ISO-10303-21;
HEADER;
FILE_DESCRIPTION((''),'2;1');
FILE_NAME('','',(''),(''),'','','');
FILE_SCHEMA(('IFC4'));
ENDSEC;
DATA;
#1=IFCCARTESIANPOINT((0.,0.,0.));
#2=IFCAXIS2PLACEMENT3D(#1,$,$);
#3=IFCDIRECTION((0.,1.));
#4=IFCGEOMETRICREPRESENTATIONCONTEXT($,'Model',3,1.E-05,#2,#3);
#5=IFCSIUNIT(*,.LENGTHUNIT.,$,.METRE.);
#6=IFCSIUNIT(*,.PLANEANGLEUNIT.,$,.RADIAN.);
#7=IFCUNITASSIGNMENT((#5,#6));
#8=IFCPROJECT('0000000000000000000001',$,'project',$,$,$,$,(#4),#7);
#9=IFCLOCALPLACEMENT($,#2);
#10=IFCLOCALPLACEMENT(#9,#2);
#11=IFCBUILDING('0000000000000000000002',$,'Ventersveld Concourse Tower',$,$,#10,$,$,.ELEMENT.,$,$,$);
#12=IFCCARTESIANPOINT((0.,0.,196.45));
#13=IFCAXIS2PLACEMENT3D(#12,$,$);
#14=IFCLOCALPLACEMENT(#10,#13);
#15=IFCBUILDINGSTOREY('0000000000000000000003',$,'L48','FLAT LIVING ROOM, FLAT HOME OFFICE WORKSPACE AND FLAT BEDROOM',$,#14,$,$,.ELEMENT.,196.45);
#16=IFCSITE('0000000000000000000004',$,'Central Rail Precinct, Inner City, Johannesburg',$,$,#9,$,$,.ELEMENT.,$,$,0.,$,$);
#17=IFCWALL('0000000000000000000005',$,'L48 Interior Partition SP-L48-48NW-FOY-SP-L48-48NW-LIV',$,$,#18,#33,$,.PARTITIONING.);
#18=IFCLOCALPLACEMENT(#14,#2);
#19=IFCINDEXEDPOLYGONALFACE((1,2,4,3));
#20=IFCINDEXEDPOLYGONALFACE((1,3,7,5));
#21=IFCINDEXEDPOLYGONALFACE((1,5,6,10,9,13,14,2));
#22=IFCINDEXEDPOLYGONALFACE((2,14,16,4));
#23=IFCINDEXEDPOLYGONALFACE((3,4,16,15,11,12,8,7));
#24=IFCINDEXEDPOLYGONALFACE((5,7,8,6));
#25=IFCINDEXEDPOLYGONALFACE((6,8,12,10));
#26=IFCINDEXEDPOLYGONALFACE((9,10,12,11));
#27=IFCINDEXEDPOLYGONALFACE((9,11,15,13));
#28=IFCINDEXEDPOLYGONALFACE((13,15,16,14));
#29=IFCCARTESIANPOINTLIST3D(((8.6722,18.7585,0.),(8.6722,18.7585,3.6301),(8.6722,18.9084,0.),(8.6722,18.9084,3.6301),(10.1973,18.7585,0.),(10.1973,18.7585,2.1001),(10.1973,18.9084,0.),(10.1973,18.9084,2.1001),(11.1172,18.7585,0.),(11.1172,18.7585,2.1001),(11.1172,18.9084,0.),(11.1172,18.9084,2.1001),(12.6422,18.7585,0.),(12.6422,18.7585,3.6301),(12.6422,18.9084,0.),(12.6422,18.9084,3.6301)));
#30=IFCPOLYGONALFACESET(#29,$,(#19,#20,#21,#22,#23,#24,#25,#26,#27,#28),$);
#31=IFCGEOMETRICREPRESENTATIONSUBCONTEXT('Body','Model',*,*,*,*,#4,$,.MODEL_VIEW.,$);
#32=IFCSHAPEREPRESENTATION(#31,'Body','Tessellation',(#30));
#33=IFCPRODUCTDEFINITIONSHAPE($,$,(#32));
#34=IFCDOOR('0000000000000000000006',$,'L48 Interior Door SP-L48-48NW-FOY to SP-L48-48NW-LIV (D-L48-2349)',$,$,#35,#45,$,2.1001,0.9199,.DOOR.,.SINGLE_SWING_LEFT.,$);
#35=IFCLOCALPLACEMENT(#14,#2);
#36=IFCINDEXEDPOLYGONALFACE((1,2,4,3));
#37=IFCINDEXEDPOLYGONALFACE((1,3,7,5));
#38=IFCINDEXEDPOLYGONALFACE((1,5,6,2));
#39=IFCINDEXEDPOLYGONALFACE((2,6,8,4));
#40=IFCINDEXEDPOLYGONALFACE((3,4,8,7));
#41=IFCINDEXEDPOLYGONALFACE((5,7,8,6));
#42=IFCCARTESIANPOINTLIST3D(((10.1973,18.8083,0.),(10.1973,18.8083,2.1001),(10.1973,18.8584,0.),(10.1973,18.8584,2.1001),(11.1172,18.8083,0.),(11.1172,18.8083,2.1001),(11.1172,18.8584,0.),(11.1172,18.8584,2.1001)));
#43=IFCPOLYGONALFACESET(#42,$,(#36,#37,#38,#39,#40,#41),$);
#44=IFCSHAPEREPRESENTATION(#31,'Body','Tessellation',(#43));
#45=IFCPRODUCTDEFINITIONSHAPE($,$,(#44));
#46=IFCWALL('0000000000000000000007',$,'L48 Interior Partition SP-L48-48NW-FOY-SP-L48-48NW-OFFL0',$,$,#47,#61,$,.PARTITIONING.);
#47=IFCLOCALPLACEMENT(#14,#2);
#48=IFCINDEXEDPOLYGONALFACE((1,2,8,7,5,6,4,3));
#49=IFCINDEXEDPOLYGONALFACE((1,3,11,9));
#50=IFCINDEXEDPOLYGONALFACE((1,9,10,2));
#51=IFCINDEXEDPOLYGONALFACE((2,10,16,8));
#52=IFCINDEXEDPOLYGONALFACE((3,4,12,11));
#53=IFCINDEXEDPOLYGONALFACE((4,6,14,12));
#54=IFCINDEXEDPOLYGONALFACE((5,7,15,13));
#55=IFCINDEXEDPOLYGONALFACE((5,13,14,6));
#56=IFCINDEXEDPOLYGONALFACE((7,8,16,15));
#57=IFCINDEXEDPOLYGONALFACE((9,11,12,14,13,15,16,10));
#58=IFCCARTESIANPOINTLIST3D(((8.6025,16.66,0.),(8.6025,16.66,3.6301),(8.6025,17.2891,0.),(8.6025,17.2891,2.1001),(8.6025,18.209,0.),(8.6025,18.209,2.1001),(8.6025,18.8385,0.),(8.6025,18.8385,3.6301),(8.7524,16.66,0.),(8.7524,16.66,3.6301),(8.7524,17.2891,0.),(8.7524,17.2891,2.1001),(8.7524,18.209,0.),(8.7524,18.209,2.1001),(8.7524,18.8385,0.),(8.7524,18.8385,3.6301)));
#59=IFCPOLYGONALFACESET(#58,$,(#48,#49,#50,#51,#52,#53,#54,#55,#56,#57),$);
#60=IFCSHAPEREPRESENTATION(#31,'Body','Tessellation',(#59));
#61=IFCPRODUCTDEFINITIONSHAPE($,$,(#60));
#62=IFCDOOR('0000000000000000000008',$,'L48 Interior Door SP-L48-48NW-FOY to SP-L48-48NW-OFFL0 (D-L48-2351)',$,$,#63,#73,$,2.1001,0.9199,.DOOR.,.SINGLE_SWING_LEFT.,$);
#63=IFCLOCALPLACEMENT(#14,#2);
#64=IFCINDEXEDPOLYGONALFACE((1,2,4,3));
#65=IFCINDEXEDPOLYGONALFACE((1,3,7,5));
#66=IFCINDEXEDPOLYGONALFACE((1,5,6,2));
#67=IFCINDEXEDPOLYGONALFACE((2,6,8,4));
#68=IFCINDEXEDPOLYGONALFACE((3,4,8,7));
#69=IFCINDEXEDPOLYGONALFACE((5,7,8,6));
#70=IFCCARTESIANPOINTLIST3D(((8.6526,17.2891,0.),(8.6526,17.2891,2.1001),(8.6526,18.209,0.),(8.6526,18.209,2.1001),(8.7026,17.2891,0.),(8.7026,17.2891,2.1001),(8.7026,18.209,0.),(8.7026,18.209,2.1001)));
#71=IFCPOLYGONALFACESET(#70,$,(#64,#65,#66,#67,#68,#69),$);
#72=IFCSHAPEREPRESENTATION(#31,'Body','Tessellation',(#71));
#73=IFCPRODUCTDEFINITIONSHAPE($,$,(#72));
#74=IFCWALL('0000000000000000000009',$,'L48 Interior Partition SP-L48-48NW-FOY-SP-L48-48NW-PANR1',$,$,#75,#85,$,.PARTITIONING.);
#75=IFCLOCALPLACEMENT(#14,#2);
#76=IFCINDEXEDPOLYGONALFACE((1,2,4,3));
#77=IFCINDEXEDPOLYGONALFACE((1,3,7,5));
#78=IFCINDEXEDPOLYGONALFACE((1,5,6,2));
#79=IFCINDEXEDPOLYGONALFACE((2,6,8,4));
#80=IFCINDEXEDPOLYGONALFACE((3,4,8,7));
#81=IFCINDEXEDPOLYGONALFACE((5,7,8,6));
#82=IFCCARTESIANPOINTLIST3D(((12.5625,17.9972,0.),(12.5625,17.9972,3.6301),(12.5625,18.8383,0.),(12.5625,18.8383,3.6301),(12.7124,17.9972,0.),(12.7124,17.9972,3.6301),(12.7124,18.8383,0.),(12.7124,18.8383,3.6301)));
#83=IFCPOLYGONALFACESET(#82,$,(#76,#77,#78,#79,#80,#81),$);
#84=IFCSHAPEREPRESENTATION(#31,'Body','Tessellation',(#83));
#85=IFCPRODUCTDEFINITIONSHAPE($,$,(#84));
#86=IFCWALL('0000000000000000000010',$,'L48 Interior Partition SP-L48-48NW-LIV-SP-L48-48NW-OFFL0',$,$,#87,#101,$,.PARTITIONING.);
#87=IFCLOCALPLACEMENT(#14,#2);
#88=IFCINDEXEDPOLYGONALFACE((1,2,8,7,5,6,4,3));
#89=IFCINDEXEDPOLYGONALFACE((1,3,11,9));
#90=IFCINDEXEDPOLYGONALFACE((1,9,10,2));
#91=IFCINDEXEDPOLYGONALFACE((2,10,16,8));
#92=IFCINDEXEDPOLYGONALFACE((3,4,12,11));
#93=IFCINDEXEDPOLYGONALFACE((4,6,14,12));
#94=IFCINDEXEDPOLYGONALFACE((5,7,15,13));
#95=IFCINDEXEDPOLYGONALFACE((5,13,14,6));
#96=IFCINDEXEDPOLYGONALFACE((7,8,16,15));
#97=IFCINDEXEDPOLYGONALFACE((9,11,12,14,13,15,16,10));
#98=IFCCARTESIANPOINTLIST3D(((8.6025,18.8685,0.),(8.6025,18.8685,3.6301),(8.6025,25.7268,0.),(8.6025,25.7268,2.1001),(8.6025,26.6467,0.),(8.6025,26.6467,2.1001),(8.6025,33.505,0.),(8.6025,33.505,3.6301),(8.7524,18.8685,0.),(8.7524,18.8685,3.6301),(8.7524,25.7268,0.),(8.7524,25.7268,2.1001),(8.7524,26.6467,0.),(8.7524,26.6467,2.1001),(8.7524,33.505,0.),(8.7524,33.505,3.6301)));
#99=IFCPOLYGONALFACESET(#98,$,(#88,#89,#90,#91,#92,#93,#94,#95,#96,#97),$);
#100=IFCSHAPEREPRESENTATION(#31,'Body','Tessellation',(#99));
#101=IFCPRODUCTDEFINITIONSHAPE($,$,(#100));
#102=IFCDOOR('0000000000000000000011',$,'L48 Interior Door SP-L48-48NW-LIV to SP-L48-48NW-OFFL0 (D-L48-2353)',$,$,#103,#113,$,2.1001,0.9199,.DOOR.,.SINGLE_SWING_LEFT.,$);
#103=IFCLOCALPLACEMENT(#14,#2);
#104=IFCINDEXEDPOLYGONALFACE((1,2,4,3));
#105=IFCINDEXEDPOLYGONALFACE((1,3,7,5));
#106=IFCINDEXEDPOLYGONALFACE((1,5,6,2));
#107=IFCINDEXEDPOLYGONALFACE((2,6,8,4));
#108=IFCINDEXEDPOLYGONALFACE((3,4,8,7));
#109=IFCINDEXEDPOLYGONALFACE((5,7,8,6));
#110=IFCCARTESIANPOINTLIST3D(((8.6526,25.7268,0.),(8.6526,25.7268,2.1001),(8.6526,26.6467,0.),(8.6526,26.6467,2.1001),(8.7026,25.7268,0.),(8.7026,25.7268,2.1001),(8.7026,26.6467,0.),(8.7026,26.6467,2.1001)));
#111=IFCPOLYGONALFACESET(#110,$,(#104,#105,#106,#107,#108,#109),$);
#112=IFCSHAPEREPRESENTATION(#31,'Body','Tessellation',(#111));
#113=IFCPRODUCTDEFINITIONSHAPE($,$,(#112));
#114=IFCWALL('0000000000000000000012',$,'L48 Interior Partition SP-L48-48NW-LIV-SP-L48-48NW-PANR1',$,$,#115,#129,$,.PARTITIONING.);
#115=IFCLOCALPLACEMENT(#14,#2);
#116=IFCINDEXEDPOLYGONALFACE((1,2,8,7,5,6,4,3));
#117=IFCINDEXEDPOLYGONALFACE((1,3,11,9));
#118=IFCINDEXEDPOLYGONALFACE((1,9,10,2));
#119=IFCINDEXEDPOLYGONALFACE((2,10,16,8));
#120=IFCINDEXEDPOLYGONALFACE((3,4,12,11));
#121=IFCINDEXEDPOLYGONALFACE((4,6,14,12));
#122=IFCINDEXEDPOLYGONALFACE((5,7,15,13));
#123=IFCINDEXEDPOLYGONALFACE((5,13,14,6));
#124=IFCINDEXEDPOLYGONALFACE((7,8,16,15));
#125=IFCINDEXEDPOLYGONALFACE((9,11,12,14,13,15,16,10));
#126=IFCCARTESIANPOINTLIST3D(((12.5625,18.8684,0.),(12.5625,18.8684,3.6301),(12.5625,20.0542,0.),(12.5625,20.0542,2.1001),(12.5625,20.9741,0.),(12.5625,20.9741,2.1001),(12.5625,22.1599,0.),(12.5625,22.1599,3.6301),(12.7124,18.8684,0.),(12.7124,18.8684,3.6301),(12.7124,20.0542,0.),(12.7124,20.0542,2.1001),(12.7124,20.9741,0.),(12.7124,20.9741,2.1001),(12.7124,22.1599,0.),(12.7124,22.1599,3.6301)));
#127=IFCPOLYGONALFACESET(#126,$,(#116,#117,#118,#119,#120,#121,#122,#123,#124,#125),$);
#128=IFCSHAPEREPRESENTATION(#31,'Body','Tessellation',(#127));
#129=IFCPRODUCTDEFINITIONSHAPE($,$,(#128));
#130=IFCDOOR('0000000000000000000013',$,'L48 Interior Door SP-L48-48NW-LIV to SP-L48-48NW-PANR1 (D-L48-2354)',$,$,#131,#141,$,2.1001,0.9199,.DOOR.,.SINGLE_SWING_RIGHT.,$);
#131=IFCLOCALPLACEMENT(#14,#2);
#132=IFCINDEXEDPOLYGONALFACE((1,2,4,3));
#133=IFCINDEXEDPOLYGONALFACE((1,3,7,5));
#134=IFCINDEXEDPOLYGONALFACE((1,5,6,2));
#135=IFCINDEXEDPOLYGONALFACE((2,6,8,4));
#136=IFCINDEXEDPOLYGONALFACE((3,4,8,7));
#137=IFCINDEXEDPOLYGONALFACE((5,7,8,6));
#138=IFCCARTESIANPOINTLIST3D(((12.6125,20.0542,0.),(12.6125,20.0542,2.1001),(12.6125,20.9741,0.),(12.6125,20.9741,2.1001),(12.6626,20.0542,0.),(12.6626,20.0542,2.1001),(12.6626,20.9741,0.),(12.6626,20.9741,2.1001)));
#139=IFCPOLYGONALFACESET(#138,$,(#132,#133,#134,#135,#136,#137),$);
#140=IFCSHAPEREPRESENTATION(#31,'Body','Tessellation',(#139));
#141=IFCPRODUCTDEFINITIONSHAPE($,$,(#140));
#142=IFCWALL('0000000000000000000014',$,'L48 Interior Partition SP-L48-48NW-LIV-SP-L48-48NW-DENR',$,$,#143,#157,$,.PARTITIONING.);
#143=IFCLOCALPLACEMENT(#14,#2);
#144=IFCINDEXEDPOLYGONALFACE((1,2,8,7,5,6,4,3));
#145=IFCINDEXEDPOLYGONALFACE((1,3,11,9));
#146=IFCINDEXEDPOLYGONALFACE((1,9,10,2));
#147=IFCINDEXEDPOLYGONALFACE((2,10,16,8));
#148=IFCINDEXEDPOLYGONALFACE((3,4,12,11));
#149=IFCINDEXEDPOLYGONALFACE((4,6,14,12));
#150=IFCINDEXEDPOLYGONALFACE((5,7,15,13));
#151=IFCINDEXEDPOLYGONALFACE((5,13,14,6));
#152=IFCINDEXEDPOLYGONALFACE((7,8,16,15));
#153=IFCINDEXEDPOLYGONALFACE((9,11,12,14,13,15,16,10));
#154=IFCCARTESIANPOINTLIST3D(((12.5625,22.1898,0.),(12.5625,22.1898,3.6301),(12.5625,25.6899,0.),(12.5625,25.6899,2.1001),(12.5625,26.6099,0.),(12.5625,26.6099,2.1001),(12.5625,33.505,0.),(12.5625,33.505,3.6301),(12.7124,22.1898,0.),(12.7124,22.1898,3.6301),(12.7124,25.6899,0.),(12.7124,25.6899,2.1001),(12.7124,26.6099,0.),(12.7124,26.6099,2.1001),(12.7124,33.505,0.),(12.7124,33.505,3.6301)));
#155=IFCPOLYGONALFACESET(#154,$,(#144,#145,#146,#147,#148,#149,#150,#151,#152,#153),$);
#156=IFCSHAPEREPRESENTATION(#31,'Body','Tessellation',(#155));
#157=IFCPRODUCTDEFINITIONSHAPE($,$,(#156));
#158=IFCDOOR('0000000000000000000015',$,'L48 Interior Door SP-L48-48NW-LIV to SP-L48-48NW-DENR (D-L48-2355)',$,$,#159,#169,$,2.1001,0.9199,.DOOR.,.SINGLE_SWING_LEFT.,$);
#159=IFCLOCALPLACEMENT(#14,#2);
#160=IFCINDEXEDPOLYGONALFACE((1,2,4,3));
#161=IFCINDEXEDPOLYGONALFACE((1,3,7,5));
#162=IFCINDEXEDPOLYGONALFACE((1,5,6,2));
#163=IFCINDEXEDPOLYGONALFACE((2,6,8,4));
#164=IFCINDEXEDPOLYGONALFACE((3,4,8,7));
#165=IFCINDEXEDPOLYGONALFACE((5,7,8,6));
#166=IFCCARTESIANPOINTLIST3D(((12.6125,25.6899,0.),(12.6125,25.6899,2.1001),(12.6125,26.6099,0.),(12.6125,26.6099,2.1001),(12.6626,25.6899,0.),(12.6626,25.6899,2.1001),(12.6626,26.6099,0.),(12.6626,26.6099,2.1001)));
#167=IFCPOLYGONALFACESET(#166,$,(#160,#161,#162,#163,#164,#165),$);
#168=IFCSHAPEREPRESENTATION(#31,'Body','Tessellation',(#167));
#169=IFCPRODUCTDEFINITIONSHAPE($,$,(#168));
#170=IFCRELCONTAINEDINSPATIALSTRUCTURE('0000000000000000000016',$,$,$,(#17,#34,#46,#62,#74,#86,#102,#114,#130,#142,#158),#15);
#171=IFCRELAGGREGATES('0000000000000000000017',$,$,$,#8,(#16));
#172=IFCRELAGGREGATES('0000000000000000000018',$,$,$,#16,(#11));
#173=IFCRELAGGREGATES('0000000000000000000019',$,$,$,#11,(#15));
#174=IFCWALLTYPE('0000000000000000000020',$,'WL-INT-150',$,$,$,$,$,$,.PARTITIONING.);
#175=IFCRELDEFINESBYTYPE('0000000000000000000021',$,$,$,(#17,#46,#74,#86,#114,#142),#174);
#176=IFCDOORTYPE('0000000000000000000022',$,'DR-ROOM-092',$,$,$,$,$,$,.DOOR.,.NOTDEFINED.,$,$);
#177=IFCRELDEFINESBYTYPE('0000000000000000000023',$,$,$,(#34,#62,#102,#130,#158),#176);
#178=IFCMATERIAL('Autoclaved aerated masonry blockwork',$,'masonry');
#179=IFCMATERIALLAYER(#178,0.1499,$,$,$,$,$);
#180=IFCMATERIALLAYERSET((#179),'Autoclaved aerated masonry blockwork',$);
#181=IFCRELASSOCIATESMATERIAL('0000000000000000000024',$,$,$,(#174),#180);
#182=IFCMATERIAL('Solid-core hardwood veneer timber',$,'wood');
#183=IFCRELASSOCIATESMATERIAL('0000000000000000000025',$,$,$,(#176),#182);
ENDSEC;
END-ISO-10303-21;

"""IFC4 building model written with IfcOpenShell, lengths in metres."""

from ifc_helpers import new_model, si_unit, direction, frame, frame_2d, origin, place, context, subcontext, project, spatial, rectangle, extrude, material, layer, layer_set, type_object, element, fill, save


model = new_model("IFC4")

# Units and contexts
model_context = context("Model", 3, precision=1e-05, world=origin(), true_north=direction((0.0, 1.0)))
body_context = subcontext(model_context, "Body", "Model", "MODEL_VIEW")
ifc_project = project(units=[si_unit("LENGTHUNIT", "METRE"), si_unit("PLANEANGLEUNIT", "RADIAN")], contexts=[model_context])

# Site, building, storey
site_placement = place(None, origin())
site = spatial("IfcSite", under=ifc_project, at=site_placement, Name="Central Rail Precinct, Inner City, Johannesburg", CompositionType="ELEMENT", RefElevation=0.0)
building_placement = place(site_placement, origin())
building = spatial("IfcBuilding", under=site, at=building_placement, Name="Ventersveld Concourse Tower", CompositionType="ELEMENT")
storey_placement = place(building_placement, frame((0.0, 0.0, 196.45)))
storey = spatial("IfcBuildingStorey", under=building, at=storey_placement, Name="L48", Description="FLAT LIVING ROOM, FLAT HOME OFFICE WORKSPACE AND FLAT BEDROOM", CompositionType="ELEMENT", Elevation=196.45)

# Shared definitions
ifc_material_1 = material(Name="Solid-core hardwood veneer timber", Category="wood")

# Walls, openings, doors
ifc_material_2 = material(Name="Autoclaved aerated masonry blockwork", Category="masonry")
ifc_layer_1 = layer(ifc_material_2, 0.1499)
ifc_layer_set_1 = layer_set([ifc_layer_1], Name="Autoclaved aerated masonry blockwork")
wall_type_1 = type_object("IfcWallType", Name="WL-INT-150", PredefinedType="PARTITIONING", material=ifc_layer_set_1)
wall_1_placement = place(storey_placement, frame((8.6724, 18.8335, 0.0), z_axis=(0.0, 0.0, 1.0), x_axis=(1.0, 0.0, 0.0)))
wall_1 = element("IfcWall", 1, at=wall_1_placement, inside=storey, type_object=wall_type_1, Name="L48 Interior Partition SP-L48-48NW-FOY-SP-L48-48NW-LIV", PredefinedType="PARTITIONING", context=body_context, shape_type="SweptSolid", body=[
    extrude(rectangle(XDim=3.97, YDim=0.1499, at=frame_2d((1.9849, 0.0))), origin(), (0.0, 0.0, 1.0), 3.6301),
])
opening_1_placement = place(wall_1_placement, frame((1.5249, 0.0, 0.0)))
opening_1 = element("IfcOpeningElement", 2, at=opening_1_placement, cuts=wall_1, PredefinedType="OPENING", context=body_context, shape_type="SweptSolid", body=[
    extrude(rectangle(XDim=0.9199, YDim=2.1001, at=frame_2d((0.46, 1.05))), frame((0.0, 0.085, 0.0), z_axis=(0.0, -1.0, 0.0), x_axis=(1.0, 0.0, 0.0)), (0.0, 0.0, 1.0), 0.1699),
])
door_type_1 = type_object("IfcDoorType", Name="DR-ROOM-092", OperationType="NOTDEFINED", PredefinedType="DOOR", material=ifc_material_1)
door_1_placement = place(opening_1_placement, origin())
door_1 = element("IfcDoor", 3, at=door_1_placement, inside=storey, type_object=door_type_1, Name="L48 Interior Door SP-L48-48NW-FOY to SP-L48-48NW-LIV (D-L48-2349)", OperationType="SINGLE_SWING_LEFT", OverallHeight=2.1001, OverallWidth=0.9199, PredefinedType="DOOR", context=body_context, shape_type="SweptSolid", body=[
    extrude(rectangle(XDim=0.9199, YDim=2.1001, at=frame_2d((0.46, 1.05))), frame((0.0, 0.0249, 0.0), z_axis=(0.0, -1.0, 0.0), x_axis=(1.0, 0.0, 0.0)), (0.0, 0.0, 1.0), 0.05),
])
fill(opening_1, door_1)
wall_2_placement = place(storey_placement, frame((8.6775, 16.6599, 0.0), z_axis=(0.0, 0.0, 1.0), x_axis=(0.0, 1.0, 0.0)))
wall_2 = element("IfcWall", 4, at=wall_2_placement, inside=storey, type_object=wall_type_1, Name="L48 Interior Partition SP-L48-48NW-FOY-SP-L48-48NW-OFFL0", PredefinedType="PARTITIONING", context=body_context, shape_type="SweptSolid", body=[
    extrude(rectangle(XDim=2.1785, YDim=0.1499, at=frame_2d((1.0894, 0.0))), origin(), (0.0, 0.0, 1.0), 3.6301),
])
opening_2_placement = place(wall_2_placement, frame((0.6292, 0.0, 0.0)))
opening_2 = element("IfcOpeningElement", 5, at=opening_2_placement, cuts=wall_2, PredefinedType="OPENING", context=body_context, shape_type="SweptSolid", body=[
    extrude(rectangle(XDim=0.9199, YDim=2.1001, at=frame_2d((0.46, 1.05))), frame((0.0, 0.085, 0.0), z_axis=(0.0, -1.0, 0.0), x_axis=(1.0, 0.0, 0.0)), (0.0, 0.0, 1.0), 0.1699),
])
door_2_placement = place(opening_2_placement, origin())
door_2 = element("IfcDoor", 6, at=door_2_placement, inside=storey, type_object=door_type_1, Name="L48 Interior Door SP-L48-48NW-FOY to SP-L48-48NW-OFFL0 (D-L48-2351)", OperationType="SINGLE_SWING_LEFT", OverallHeight=2.1001, OverallWidth=0.9199, PredefinedType="DOOR", context=body_context, shape_type="SweptSolid", body=[
    extrude(rectangle(XDim=0.9199, YDim=2.1001, at=frame_2d((0.46, 1.05))), frame((0.0, 0.0249, 0.0), z_axis=(0.0, -1.0, 0.0), x_axis=(1.0, 0.0, 0.0)), (0.0, 0.0, 1.0), 0.05),
])
fill(opening_2, door_2)

# Wall
wall_3_placement = place(storey_placement, frame((12.6375, 17.9973, 0.0), z_axis=(0.0, 0.0, 1.0), x_axis=(0.0, 1.0, 0.0)))
element("IfcWall", 7, at=wall_3_placement, inside=storey, type_object=wall_type_1, Name="L48 Interior Partition SP-L48-48NW-FOY-SP-L48-48NW-PANR1", PredefinedType="PARTITIONING", context=body_context, shape_type="SweptSolid", body=[
    extrude(rectangle(XDim=0.8411, YDim=0.1499, at=frame_2d((0.4204, 0.0))), origin(), (0.0, 0.0, 1.0), 3.6301),
])

# Walls, openings, doors
wall_4_placement = place(storey_placement, frame((8.6775, 18.8684, 0.0), z_axis=(0.0, 0.0, 1.0), x_axis=(0.0, 1.0, 0.0)))
wall_4 = element("IfcWall", 8, at=wall_4_placement, inside=storey, type_object=wall_type_1, Name="L48 Interior Partition SP-L48-48NW-LIV-SP-L48-48NW-OFFL0", PredefinedType="PARTITIONING", context=body_context, shape_type="SweptSolid", body=[
    extrude(rectangle(XDim=14.6365, YDim=0.1499, at=frame_2d((7.3184, 0.0))), origin(), (0.0, 0.0, 1.0), 3.6301),
])
opening_3_placement = place(wall_4_placement, frame((6.8584, 0.0, 0.0)))
opening_3 = element("IfcOpeningElement", 9, at=opening_3_placement, cuts=wall_4, PredefinedType="OPENING", context=body_context, shape_type="SweptSolid", body=[
    extrude(rectangle(XDim=0.9199, YDim=2.1001, at=frame_2d((0.46, 1.05))), frame((0.0, 0.085, 0.0), z_axis=(0.0, -1.0, 0.0), x_axis=(1.0, 0.0, 0.0)), (0.0, 0.0, 1.0), 0.1699),
])
door_3_placement = place(opening_3_placement, origin())
door_3 = element("IfcDoor", 10, at=door_3_placement, inside=storey, type_object=door_type_1, Name="L48 Interior Door SP-L48-48NW-LIV to SP-L48-48NW-OFFL0 (D-L48-2353)", OperationType="SINGLE_SWING_LEFT", OverallHeight=2.1001, OverallWidth=0.9199, PredefinedType="DOOR", context=body_context, shape_type="SweptSolid", body=[
    extrude(rectangle(XDim=0.9199, YDim=2.1001, at=frame_2d((0.46, 1.05))), frame((0.0, 0.0249, 0.0), z_axis=(0.0, -1.0, 0.0), x_axis=(1.0, 0.0, 0.0)), (0.0, 0.0, 1.0), 0.05),
])
fill(opening_3, door_3)
wall_5_placement = place(storey_placement, frame((12.6375, 18.8684, 0.0), z_axis=(0.0, 0.0, 1.0), x_axis=(0.0, 1.0, 0.0)))
wall_5 = element("IfcWall", 11, at=wall_5_placement, inside=storey, type_object=wall_type_1, Name="L48 Interior Partition SP-L48-48NW-LIV-SP-L48-48NW-PANR1", PredefinedType="PARTITIONING", context=body_context, shape_type="SweptSolid", body=[
    extrude(rectangle(XDim=3.2915, YDim=0.1499, at=frame_2d((1.6458, 0.0))), origin(), (0.0, 0.0, 1.0), 3.6301),
])
opening_4_placement = place(wall_5_placement, frame((1.1858, 0.0, 0.0)))
opening_4 = element("IfcOpeningElement", 12, at=opening_4_placement, cuts=wall_5, PredefinedType="OPENING", context=body_context, shape_type="SweptSolid", body=[
    extrude(rectangle(XDim=0.9199, YDim=2.1001, at=frame_2d((0.46, 1.05))), frame((0.0, 0.085, 0.0), z_axis=(0.0, -1.0, 0.0), x_axis=(1.0, 0.0, 0.0)), (0.0, 0.0, 1.0), 0.1699),
])
door_4_placement = place(opening_4_placement, origin())
door_4 = element("IfcDoor", 13, at=door_4_placement, inside=storey, type_object=door_type_1, Name="L48 Interior Door SP-L48-48NW-LIV to SP-L48-48NW-PANR1 (D-L48-2354)", OperationType="SINGLE_SWING_RIGHT", OverallHeight=2.1001, OverallWidth=0.9199, PredefinedType="DOOR", context=body_context, shape_type="SweptSolid", body=[
    extrude(rectangle(XDim=0.9199, YDim=2.1001, at=frame_2d((0.46, 1.05))), frame((0.0, 0.0249, 0.0), z_axis=(0.0, -1.0, 0.0), x_axis=(1.0, 0.0, 0.0)), (0.0, 0.0, 1.0), 0.05),
])
fill(opening_4, door_4)
wall_6_placement = place(storey_placement, frame((12.6375, 22.1897, 0.0), z_axis=(0.0, 0.0, 1.0), x_axis=(0.0, 1.0, 0.0)))
wall_6 = element("IfcWall", 14, at=wall_6_placement, inside=storey, type_object=wall_type_1, Name="L48 Interior Partition SP-L48-48NW-LIV-SP-L48-48NW-DENR", PredefinedType="PARTITIONING", context=body_context, shape_type="SweptSolid", body=[
    extrude(rectangle(XDim=11.3152, YDim=0.1499, at=frame_2d((5.6577, 0.0))), origin(), (0.0, 0.0, 1.0), 3.6301),
])
opening_5_placement = place(wall_6_placement, frame((3.5002, 0.0, 0.0)))
opening_5 = element("IfcOpeningElement", 15, at=opening_5_placement, cuts=wall_6, PredefinedType="OPENING", context=body_context, shape_type="SweptSolid", body=[
    extrude(rectangle(XDim=0.9199, YDim=2.1001, at=frame_2d((0.46, 1.05))), frame((0.0, 0.085, 0.0), z_axis=(0.0, -1.0, 0.0), x_axis=(1.0, 0.0, 0.0)), (0.0, 0.0, 1.0), 0.1699),
])
door_5_placement = place(opening_5_placement, origin())
door_5 = element("IfcDoor", 16, at=door_5_placement, inside=storey, type_object=door_type_1, Name="L48 Interior Door SP-L48-48NW-LIV to SP-L48-48NW-DENR (D-L48-2355)", OperationType="SINGLE_SWING_LEFT", OverallHeight=2.1001, OverallWidth=0.9199, PredefinedType="DOOR", context=body_context, shape_type="SweptSolid", body=[
    extrude(rectangle(XDim=0.9199, YDim=2.1001, at=frame_2d((0.46, 1.05))), frame((0.0, 0.0249, 0.0), z_axis=(0.0, -1.0, 0.0), x_axis=(1.0, 0.0, 0.0)), (0.0, 0.0, 1.0), 0.05),
])
fill(opening_5, door_5)

save(model, "model.ifc")
